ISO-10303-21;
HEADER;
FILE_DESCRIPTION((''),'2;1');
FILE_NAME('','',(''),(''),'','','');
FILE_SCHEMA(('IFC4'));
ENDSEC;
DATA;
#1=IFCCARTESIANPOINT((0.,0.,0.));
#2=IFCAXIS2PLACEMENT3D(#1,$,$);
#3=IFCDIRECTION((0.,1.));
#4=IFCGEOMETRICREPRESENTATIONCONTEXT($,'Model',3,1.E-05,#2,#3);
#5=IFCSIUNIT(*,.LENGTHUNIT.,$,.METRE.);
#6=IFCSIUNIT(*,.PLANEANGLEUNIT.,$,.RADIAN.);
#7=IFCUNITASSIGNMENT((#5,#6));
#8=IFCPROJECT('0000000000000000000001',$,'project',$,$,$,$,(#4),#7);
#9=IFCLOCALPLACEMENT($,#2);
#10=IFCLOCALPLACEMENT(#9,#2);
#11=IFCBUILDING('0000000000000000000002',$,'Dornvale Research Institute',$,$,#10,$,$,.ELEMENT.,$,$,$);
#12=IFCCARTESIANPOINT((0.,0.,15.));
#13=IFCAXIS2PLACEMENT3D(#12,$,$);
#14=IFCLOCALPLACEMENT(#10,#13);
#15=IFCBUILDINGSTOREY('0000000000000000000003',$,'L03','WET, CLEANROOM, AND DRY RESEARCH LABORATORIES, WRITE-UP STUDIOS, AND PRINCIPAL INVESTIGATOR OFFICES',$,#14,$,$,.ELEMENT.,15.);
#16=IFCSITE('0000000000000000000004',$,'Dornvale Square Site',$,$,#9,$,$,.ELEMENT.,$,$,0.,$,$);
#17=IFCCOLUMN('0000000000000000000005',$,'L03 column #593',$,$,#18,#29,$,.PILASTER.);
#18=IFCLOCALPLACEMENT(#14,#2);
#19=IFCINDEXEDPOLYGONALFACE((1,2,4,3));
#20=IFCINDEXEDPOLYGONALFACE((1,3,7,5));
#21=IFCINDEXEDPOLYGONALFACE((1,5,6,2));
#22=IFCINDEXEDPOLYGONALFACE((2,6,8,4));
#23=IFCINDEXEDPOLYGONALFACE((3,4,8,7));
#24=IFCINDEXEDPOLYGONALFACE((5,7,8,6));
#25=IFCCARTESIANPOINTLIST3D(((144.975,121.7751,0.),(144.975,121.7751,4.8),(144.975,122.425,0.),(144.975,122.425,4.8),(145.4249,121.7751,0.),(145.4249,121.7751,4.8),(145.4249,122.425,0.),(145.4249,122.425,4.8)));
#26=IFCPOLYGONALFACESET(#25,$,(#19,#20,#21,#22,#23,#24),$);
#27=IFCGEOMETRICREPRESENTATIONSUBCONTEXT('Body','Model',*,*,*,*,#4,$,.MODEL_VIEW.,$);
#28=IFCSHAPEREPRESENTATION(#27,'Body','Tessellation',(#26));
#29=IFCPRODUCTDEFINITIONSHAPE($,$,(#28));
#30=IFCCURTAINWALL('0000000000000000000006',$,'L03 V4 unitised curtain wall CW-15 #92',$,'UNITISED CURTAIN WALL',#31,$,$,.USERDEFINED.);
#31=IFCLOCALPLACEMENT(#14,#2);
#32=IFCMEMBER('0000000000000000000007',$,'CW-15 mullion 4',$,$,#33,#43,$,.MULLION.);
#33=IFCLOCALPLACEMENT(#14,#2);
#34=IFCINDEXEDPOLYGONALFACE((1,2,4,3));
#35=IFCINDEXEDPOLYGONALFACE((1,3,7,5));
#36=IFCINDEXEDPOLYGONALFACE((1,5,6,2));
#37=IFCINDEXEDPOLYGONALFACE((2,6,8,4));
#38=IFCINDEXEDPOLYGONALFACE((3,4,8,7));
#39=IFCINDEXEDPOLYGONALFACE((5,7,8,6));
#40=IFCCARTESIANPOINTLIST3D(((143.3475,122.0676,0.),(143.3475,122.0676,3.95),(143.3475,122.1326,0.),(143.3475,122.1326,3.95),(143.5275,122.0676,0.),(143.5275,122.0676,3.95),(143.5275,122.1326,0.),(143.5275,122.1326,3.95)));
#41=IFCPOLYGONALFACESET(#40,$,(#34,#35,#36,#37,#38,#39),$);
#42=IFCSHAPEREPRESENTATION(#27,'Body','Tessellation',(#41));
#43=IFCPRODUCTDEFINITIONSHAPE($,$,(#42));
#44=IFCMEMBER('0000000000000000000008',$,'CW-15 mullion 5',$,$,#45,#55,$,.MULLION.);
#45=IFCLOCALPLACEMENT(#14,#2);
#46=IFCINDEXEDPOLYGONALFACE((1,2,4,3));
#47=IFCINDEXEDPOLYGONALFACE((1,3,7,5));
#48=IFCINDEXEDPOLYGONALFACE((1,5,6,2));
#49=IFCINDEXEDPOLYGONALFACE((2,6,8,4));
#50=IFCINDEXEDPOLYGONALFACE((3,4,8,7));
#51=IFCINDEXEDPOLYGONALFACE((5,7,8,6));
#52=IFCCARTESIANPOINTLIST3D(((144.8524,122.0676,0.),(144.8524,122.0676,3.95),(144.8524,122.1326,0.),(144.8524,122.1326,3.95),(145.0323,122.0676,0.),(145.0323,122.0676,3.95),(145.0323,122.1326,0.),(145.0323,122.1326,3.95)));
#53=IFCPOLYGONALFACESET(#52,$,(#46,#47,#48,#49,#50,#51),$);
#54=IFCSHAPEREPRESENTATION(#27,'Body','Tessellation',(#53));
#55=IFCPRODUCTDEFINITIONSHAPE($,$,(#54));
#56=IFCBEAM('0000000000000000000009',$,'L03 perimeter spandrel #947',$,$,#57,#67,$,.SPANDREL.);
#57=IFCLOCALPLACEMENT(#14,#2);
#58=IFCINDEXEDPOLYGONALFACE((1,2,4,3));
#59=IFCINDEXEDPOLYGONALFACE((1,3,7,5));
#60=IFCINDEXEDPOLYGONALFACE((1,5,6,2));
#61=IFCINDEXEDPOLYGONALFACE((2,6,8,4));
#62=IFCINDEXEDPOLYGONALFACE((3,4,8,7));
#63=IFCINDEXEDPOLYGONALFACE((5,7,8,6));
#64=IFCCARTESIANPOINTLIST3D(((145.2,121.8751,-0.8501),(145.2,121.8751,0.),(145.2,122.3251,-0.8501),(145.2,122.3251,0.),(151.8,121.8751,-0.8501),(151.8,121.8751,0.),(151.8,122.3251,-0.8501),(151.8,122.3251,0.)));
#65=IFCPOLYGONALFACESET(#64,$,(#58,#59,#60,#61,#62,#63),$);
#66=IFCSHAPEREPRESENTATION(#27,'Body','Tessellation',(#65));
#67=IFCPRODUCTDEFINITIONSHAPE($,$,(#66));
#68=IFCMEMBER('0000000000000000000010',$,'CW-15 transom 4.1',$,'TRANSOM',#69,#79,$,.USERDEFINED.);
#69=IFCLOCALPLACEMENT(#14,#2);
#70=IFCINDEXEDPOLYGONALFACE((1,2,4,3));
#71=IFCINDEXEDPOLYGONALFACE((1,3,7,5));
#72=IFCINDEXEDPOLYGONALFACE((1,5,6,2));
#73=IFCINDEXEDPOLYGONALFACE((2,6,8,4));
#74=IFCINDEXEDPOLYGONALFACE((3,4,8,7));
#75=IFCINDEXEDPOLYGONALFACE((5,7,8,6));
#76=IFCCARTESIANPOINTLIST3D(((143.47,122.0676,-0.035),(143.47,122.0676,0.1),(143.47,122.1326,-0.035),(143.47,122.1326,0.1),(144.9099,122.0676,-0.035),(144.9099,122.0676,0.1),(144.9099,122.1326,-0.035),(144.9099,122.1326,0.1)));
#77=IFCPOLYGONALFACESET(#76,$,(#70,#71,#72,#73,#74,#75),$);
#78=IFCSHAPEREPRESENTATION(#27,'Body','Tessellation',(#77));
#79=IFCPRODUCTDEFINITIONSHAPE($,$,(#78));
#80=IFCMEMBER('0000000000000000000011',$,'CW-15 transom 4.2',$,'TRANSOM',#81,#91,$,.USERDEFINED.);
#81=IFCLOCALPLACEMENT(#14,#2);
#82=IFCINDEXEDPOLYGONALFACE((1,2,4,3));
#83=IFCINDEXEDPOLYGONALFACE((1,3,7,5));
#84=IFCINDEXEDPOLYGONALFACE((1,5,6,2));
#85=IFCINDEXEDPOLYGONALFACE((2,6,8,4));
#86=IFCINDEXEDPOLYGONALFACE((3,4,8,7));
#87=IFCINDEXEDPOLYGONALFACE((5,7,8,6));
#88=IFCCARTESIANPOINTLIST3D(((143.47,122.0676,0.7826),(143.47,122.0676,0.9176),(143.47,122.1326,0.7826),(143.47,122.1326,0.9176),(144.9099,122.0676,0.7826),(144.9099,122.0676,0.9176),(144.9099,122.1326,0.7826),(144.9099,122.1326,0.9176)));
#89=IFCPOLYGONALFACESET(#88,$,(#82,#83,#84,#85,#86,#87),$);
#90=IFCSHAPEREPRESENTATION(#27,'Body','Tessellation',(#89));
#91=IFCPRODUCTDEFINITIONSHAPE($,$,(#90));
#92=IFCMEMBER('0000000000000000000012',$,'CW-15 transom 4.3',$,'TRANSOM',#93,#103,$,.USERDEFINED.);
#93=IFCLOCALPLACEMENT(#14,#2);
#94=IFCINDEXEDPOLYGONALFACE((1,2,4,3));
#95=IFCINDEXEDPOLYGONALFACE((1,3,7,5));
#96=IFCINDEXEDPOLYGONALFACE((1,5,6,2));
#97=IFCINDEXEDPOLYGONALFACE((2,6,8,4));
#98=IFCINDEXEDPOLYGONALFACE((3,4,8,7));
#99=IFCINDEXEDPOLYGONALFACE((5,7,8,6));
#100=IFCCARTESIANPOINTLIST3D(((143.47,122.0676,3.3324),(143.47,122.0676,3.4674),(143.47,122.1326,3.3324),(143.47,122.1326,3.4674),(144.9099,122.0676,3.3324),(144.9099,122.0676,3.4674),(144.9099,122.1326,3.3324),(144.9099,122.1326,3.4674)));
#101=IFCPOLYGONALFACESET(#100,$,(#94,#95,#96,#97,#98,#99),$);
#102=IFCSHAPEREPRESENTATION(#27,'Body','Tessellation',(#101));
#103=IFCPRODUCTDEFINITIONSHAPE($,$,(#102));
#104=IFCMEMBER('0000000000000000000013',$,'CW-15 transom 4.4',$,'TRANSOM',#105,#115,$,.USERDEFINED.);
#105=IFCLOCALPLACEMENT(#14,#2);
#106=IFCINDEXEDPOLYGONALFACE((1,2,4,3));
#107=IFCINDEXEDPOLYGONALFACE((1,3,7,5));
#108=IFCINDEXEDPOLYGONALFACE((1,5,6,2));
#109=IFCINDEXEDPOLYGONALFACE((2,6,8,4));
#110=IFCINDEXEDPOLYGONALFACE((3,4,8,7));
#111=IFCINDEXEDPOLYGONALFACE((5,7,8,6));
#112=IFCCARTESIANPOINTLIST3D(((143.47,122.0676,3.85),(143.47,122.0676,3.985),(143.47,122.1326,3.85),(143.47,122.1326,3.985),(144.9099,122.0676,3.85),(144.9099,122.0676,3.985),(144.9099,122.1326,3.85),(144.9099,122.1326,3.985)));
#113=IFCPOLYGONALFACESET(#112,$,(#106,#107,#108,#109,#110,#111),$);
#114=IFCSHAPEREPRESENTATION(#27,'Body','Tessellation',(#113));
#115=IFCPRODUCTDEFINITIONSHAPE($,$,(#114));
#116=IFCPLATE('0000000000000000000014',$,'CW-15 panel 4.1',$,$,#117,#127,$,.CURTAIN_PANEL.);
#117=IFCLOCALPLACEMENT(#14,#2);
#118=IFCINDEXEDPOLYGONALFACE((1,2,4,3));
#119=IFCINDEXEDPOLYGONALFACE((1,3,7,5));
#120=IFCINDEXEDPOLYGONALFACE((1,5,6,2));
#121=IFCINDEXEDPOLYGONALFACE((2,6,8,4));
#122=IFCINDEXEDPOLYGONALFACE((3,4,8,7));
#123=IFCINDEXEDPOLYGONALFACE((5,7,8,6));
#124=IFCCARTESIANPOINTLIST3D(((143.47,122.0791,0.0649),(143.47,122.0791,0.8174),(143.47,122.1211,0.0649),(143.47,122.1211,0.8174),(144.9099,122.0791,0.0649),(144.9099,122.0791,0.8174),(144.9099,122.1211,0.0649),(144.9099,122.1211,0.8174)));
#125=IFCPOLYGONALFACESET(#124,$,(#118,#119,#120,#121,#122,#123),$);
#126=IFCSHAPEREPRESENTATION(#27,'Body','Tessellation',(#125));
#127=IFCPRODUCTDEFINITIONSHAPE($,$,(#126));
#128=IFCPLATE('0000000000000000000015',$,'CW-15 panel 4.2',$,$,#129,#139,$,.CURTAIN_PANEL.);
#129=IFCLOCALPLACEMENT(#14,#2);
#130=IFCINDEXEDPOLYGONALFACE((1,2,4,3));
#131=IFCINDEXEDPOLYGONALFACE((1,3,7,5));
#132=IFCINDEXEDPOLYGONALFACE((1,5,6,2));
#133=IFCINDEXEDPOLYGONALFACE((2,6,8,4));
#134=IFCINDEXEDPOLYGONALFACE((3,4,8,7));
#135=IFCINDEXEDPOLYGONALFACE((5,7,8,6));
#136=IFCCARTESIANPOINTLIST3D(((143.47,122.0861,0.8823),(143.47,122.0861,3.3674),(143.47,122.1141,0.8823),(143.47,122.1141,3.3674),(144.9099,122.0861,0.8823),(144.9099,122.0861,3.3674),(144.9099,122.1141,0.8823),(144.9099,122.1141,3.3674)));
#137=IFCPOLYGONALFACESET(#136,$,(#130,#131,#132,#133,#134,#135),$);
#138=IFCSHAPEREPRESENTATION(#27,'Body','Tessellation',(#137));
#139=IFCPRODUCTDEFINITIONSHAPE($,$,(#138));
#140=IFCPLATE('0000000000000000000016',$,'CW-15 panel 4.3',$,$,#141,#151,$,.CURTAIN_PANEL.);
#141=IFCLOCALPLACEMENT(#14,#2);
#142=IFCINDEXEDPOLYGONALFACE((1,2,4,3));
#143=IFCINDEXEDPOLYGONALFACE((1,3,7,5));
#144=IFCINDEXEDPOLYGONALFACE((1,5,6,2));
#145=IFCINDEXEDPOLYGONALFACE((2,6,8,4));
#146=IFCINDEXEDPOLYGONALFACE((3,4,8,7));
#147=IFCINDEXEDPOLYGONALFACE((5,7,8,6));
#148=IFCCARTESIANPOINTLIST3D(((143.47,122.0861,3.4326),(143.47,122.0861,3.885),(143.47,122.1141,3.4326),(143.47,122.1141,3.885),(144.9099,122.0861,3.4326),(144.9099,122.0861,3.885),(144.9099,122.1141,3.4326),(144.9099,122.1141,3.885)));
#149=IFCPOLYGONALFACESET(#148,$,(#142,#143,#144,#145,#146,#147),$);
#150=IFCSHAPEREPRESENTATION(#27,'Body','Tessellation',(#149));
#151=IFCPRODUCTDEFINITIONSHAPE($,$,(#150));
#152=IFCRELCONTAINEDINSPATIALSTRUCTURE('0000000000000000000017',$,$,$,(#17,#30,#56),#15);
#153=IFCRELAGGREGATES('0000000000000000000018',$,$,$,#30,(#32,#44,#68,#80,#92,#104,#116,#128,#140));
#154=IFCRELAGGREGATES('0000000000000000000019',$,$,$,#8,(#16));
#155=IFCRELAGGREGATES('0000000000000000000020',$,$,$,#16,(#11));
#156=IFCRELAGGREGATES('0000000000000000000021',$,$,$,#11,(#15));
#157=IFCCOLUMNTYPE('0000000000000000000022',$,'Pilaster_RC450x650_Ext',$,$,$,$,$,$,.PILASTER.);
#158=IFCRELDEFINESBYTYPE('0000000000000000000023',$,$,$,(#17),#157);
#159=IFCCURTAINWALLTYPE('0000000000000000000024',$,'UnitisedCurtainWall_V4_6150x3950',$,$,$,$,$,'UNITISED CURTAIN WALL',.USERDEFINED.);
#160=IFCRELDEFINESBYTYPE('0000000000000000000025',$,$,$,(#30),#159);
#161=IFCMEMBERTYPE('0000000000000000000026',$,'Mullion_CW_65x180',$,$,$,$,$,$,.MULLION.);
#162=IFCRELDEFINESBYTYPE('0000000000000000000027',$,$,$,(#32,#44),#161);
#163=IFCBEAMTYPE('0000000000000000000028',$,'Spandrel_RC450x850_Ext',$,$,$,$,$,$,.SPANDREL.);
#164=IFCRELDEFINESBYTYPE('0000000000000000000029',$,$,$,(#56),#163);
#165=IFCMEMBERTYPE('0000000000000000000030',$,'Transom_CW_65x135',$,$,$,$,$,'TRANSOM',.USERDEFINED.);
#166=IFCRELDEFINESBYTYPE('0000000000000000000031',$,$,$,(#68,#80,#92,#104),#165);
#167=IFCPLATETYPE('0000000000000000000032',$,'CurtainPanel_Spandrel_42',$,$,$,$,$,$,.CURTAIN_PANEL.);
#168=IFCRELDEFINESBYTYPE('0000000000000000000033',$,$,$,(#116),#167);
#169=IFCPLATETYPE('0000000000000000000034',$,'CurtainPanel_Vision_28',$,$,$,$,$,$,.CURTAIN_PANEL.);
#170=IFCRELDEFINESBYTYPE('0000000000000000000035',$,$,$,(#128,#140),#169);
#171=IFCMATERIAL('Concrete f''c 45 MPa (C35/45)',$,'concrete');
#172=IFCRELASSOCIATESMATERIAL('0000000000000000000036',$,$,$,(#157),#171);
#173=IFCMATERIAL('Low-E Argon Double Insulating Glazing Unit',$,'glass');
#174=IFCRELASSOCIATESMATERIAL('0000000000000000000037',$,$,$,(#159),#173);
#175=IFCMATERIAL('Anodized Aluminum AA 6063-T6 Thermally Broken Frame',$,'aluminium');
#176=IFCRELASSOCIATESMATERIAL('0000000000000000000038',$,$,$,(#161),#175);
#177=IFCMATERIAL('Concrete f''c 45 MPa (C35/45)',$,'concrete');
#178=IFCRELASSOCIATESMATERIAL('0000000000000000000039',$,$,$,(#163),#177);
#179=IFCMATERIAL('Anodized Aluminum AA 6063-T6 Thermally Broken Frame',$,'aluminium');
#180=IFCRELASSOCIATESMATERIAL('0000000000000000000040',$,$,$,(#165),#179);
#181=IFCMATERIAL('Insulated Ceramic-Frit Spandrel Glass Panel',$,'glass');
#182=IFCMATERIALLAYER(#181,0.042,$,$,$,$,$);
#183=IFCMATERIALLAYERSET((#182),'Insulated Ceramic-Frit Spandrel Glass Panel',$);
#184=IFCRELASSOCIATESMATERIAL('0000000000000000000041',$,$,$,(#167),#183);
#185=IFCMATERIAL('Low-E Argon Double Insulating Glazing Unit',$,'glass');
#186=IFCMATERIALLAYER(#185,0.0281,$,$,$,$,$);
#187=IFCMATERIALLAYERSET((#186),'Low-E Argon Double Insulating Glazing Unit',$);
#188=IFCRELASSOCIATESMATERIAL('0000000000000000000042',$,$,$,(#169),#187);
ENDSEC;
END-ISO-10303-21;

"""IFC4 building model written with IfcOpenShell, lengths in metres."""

from ifc_helpers import new_model, si_unit, direction, frame, origin, origin_2d, place, context, subcontext, project, spatial, rectangle, extrude, material, layer, layer_set, material_profile, profile_set, type_object, element, aggregate, save


model = new_model("IFC4")

# Units and contexts
model_context = context("Model", 3, precision=1e-05, world=origin(), true_north=direction((0.0, 1.0)))
body_context = subcontext(model_context, "Body", "Model", "MODEL_VIEW")
ifc_project = project(units=[si_unit("LENGTHUNIT", "METRE"), si_unit("PLANEANGLEUNIT", "RADIAN")], contexts=[model_context])

# Site, building, storey
site_placement = place(None, origin())
site = spatial("IfcSite", under=ifc_project, at=site_placement, Name="Dornvale Square Site", CompositionType="ELEMENT", RefElevation=0.0)
building_placement = place(site_placement, origin())
building = spatial("IfcBuilding", under=site, at=building_placement, Name="Dornvale Research Institute", CompositionType="ELEMENT")
storey_placement = place(building_placement, frame((0.0, 0.0, 15.0)))
storey = spatial("IfcBuildingStorey", under=building, at=storey_placement, Name="L03", Description="WET, CLEANROOM, AND DRY RESEARCH LABORATORIES, WRITE-UP STUDIOS, AND PRINCIPAL INVESTIGATOR OFFICES", CompositionType="ELEMENT", Elevation=15.0)

# Column
ifc_material_1 = material(Name="Concrete f'c 45 MPa (C35/45)", Category="concrete")
ifc_material_profile_1 = material_profile(ifc_material_1, rectangle(XDim=0.45, YDim=0.6499, at=origin_2d()), Name="RC 450x650")
ifc_profile_set_1 = profile_set([ifc_material_profile_1], Name="Concrete f'c 45 MPa (C35/45)")
column_type = type_object("IfcColumnType", Name="Pilaster_RC450x650_Ext", PredefinedType="PILASTER", material=ifc_profile_set_1)
column_placement = place(storey_placement, frame((145.2, 122.1001, 0.0), z_axis=(0.0, 0.0, 1.0), x_axis=(1.0, 0.0, 0.0)))
element("IfcColumn", 1, at=column_placement, inside=storey, type_object=column_type, Name="L03 column #593", PredefinedType="PILASTER", context=body_context, shape_type="SweptSolid", body=[
    extrude(rectangle(XDim=0.45, YDim=0.6499, at=origin_2d()), origin(), (0.0, 0.0, 1.0), 4.8),
])

# Curtain wall, members
ifc_material_2 = material(Name="Low-E Argon Double Insulating Glazing Unit", Category="glass")
curtain_wall_type = type_object("IfcCurtainWallType", Name="UnitisedCurtainWall_V4_6150x3950", ElementType="UNITISED CURTAIN WALL", PredefinedType="USERDEFINED", material=ifc_material_2)
curtain_wall_placement = place(storey_placement, origin())
curtain_wall = element("IfcCurtainWall", 2, at=curtain_wall_placement, inside=storey, type_object=curtain_wall_type, Name="L03 V4 unitised curtain wall CW-15 #92", ObjectType="UNITISED CURTAIN WALL", PredefinedType="USERDEFINED")
ifc_material_3 = material(Name="Anodized Aluminum AA 6063-T6 Thermally Broken Frame", Category="aluminium")
ifc_material_profile_2 = material_profile(ifc_material_3, rectangle(XDim=0.0649, YDim=0.1799, at=origin_2d()), Name="ALU MULLION 65x180")
ifc_profile_set_2 = profile_set([ifc_material_profile_2], Name="Anodized Aluminum AA 6063-T6 Thermally Broken Frame")
member_type_1 = type_object("IfcMemberType", Name="Mullion_CW_65x180", PredefinedType="MULLION", material=ifc_profile_set_2)
member_1_placement = place(storey_placement, frame((143.4375, 122.1001, 0.0), z_axis=(0.0, 0.0, 1.0), x_axis=(0.0, 1.0, 0.0)))
member_1 = element("IfcMember", 3, at=member_1_placement, type_object=member_type_1, Name="CW-15 mullion 4", PredefinedType="MULLION", context=body_context, shape_type="SweptSolid", body=[
    extrude(rectangle(XDim=0.0649, YDim=0.1799, at=origin_2d()), origin(), (0.0, 0.0, 1.0), 3.95),
])
member_2_placement = place(storey_placement, frame((144.9424, 122.1001, 0.0), z_axis=(0.0, 0.0, 1.0), x_axis=(0.0, 1.0, 0.0)))
member_2 = element("IfcMember", 4, at=member_2_placement, type_object=member_type_1, Name="CW-15 mullion 5", PredefinedType="MULLION", context=body_context, shape_type="SweptSolid", body=[
    extrude(rectangle(XDim=0.0649, YDim=0.1799, at=origin_2d()), origin(), (0.0, 0.0, 1.0), 3.95),
])

# Beam
ifc_material_4 = material(Name="Concrete f'c 45 MPa (C35/45)", Category="concrete")
ifc_material_profile_3 = material_profile(ifc_material_4, rectangle(XDim=0.45, YDim=0.8501, at=origin_2d()), Name="RC 450x850")
ifc_profile_set_3 = profile_set([ifc_material_profile_3], Name="Concrete f'c 45 MPa (C35/45)")
beam_type = type_object("IfcBeamType", Name="Spandrel_RC450x850_Ext", PredefinedType="SPANDREL", material=ifc_profile_set_3)
beam_placement = place(storey_placement, frame((145.2, 122.1001, -0.425), z_axis=(1.0, 0.0, 0.0), x_axis=(0.0, 1.0, 0.0)))
element("IfcBeam", 5, at=beam_placement, inside=storey, type_object=beam_type, Name="L03 perimeter spandrel #947", PredefinedType="SPANDREL", context=body_context, shape_type="SweptSolid", body=[
    extrude(rectangle(XDim=0.45, YDim=0.8501, at=origin_2d()), origin(), (0.0, 0.0, 1.0), 6.6001),
])

# Members
ifc_material_5 = material(Name="Anodized Aluminum AA 6063-T6 Thermally Broken Frame", Category="aluminium")
ifc_material_profile_4 = material_profile(ifc_material_5, rectangle(XDim=0.0649, YDim=0.135, at=origin_2d()), Name="ALU TRANSOM 65x135")
ifc_profile_set_4 = profile_set([ifc_material_profile_4], Name="Anodized Aluminum AA 6063-T6 Thermally Broken Frame")
member_type_2 = type_object("IfcMemberType", Name="Transom_CW_65x135", ElementType="TRANSOM", PredefinedType="USERDEFINED", material=ifc_profile_set_4)
member_3_placement = place(storey_placement, frame((143.47, 122.1001, 0.0325), z_axis=(1.0, 0.0, 0.0), x_axis=(0.0, 1.0, 0.0)))
member_3 = element("IfcMember", 6, at=member_3_placement, type_object=member_type_2, Name="CW-15 transom 4.1", ObjectType="TRANSOM", PredefinedType="USERDEFINED", context=body_context, shape_type="SweptSolid", body=[
    extrude(rectangle(XDim=0.0649, YDim=0.135, at=origin_2d()), origin(), (0.0, 0.0, 1.0), 1.4399),
])
member_4_placement = place(storey_placement, frame((143.47, 122.1001, 0.8501), z_axis=(1.0, 0.0, 0.0), x_axis=(0.0, 1.0, 0.0)))
member_4 = element("IfcMember", 7, at=member_4_placement, type_object=member_type_2, Name="CW-15 transom 4.2", ObjectType="TRANSOM", PredefinedType="USERDEFINED", context=body_context, shape_type="SweptSolid", body=[
    extrude(rectangle(XDim=0.0649, YDim=0.135, at=origin_2d()), origin(), (0.0, 0.0, 1.0), 1.4399),
])
member_5_placement = place(storey_placement, frame((143.47, 122.1001, 3.3999), z_axis=(1.0, 0.0, 0.0), x_axis=(0.0, 1.0, 0.0)))
member_5 = element("IfcMember", 8, at=member_5_placement, type_object=member_type_2, Name="CW-15 transom 4.3", ObjectType="TRANSOM", PredefinedType="USERDEFINED", context=body_context, shape_type="SweptSolid", body=[
    extrude(rectangle(XDim=0.0649, YDim=0.135, at=origin_2d()), origin(), (0.0, 0.0, 1.0), 1.4399),
])
member_6_placement = place(storey_placement, frame((143.47, 122.1001, 3.9175), z_axis=(1.0, 0.0, 0.0), x_axis=(0.0, 1.0, 0.0)))
member_6 = element("IfcMember", 9, at=member_6_placement, type_object=member_type_2, Name="CW-15 transom 4.4", ObjectType="TRANSOM", PredefinedType="USERDEFINED", context=body_context, shape_type="SweptSolid", body=[
    extrude(rectangle(XDim=0.0649, YDim=0.135, at=origin_2d()), origin(), (0.0, 0.0, 1.0), 1.4399),
])

# Plates
ifc_material_6 = material(Name="Insulated Ceramic-Frit Spandrel Glass Panel", Category="glass")
ifc_layer_1 = layer(ifc_material_6, 0.042)
ifc_layer_set_1 = layer_set([ifc_layer_1], Name="Insulated Ceramic-Frit Spandrel Glass Panel")
plate_type_1 = type_object("IfcPlateType", Name="CurtainPanel_Spandrel_42", PredefinedType="CURTAIN_PANEL", material=ifc_layer_set_1)
plate_1_placement = place(storey_placement, frame((144.1899, 122.1001, 0.0649), z_axis=(0.0, 0.0, 1.0), x_axis=(1.0, 0.0, 0.0)))
plate_1 = element("IfcPlate", 10, at=plate_1_placement, type_object=plate_type_1, Name="CW-15 panel 4.1", PredefinedType="CURTAIN_PANEL", context=body_context, shape_type="SweptSolid", body=[
    extrude(rectangle(XDim=1.4399, YDim=0.042, at=origin_2d()), origin(), (0.0, 0.0, 1.0), 0.7524),
])
ifc_material_7 = material(Name="Low-E Argon Double Insulating Glazing Unit", Category="glass")
ifc_layer_2 = layer(ifc_material_7, 0.0281)
ifc_layer_set_2 = layer_set([ifc_layer_2], Name="Low-E Argon Double Insulating Glazing Unit")
plate_type_2 = type_object("IfcPlateType", Name="CurtainPanel_Vision_28", PredefinedType="CURTAIN_PANEL", material=ifc_layer_set_2)
plate_2_placement = place(storey_placement, frame((144.1899, 122.1001, 0.8823), z_axis=(0.0, 0.0, 1.0), x_axis=(1.0, 0.0, 0.0)))
plate_2 = element("IfcPlate", 11, at=plate_2_placement, type_object=plate_type_2, Name="CW-15 panel 4.2", PredefinedType="CURTAIN_PANEL", context=body_context, shape_type="SweptSolid", body=[
    extrude(rectangle(XDim=1.4399, YDim=0.0281, at=origin_2d()), origin(), (0.0, 0.0, 1.0), 2.4851),
])
plate_3_placement = place(storey_placement, frame((144.1899, 122.1001, 3.4326), z_axis=(0.0, 0.0, 1.0), x_axis=(1.0, 0.0, 0.0)))
plate_3 = element("IfcPlate", 12, at=plate_3_placement, type_object=plate_type_2, Name="CW-15 panel 4.3", PredefinedType="CURTAIN_PANEL", context=body_context, shape_type="SweptSolid", body=[
    extrude(rectangle(XDim=1.4399, YDim=0.0281, at=origin_2d()), origin(), (0.0, 0.0, 1.0), 0.4524),
])
aggregate(curtain_wall, [member_1, member_2, member_3, member_4, member_5, member_6, plate_1, plate_2, plate_3])

save(model, "model.ifc")
